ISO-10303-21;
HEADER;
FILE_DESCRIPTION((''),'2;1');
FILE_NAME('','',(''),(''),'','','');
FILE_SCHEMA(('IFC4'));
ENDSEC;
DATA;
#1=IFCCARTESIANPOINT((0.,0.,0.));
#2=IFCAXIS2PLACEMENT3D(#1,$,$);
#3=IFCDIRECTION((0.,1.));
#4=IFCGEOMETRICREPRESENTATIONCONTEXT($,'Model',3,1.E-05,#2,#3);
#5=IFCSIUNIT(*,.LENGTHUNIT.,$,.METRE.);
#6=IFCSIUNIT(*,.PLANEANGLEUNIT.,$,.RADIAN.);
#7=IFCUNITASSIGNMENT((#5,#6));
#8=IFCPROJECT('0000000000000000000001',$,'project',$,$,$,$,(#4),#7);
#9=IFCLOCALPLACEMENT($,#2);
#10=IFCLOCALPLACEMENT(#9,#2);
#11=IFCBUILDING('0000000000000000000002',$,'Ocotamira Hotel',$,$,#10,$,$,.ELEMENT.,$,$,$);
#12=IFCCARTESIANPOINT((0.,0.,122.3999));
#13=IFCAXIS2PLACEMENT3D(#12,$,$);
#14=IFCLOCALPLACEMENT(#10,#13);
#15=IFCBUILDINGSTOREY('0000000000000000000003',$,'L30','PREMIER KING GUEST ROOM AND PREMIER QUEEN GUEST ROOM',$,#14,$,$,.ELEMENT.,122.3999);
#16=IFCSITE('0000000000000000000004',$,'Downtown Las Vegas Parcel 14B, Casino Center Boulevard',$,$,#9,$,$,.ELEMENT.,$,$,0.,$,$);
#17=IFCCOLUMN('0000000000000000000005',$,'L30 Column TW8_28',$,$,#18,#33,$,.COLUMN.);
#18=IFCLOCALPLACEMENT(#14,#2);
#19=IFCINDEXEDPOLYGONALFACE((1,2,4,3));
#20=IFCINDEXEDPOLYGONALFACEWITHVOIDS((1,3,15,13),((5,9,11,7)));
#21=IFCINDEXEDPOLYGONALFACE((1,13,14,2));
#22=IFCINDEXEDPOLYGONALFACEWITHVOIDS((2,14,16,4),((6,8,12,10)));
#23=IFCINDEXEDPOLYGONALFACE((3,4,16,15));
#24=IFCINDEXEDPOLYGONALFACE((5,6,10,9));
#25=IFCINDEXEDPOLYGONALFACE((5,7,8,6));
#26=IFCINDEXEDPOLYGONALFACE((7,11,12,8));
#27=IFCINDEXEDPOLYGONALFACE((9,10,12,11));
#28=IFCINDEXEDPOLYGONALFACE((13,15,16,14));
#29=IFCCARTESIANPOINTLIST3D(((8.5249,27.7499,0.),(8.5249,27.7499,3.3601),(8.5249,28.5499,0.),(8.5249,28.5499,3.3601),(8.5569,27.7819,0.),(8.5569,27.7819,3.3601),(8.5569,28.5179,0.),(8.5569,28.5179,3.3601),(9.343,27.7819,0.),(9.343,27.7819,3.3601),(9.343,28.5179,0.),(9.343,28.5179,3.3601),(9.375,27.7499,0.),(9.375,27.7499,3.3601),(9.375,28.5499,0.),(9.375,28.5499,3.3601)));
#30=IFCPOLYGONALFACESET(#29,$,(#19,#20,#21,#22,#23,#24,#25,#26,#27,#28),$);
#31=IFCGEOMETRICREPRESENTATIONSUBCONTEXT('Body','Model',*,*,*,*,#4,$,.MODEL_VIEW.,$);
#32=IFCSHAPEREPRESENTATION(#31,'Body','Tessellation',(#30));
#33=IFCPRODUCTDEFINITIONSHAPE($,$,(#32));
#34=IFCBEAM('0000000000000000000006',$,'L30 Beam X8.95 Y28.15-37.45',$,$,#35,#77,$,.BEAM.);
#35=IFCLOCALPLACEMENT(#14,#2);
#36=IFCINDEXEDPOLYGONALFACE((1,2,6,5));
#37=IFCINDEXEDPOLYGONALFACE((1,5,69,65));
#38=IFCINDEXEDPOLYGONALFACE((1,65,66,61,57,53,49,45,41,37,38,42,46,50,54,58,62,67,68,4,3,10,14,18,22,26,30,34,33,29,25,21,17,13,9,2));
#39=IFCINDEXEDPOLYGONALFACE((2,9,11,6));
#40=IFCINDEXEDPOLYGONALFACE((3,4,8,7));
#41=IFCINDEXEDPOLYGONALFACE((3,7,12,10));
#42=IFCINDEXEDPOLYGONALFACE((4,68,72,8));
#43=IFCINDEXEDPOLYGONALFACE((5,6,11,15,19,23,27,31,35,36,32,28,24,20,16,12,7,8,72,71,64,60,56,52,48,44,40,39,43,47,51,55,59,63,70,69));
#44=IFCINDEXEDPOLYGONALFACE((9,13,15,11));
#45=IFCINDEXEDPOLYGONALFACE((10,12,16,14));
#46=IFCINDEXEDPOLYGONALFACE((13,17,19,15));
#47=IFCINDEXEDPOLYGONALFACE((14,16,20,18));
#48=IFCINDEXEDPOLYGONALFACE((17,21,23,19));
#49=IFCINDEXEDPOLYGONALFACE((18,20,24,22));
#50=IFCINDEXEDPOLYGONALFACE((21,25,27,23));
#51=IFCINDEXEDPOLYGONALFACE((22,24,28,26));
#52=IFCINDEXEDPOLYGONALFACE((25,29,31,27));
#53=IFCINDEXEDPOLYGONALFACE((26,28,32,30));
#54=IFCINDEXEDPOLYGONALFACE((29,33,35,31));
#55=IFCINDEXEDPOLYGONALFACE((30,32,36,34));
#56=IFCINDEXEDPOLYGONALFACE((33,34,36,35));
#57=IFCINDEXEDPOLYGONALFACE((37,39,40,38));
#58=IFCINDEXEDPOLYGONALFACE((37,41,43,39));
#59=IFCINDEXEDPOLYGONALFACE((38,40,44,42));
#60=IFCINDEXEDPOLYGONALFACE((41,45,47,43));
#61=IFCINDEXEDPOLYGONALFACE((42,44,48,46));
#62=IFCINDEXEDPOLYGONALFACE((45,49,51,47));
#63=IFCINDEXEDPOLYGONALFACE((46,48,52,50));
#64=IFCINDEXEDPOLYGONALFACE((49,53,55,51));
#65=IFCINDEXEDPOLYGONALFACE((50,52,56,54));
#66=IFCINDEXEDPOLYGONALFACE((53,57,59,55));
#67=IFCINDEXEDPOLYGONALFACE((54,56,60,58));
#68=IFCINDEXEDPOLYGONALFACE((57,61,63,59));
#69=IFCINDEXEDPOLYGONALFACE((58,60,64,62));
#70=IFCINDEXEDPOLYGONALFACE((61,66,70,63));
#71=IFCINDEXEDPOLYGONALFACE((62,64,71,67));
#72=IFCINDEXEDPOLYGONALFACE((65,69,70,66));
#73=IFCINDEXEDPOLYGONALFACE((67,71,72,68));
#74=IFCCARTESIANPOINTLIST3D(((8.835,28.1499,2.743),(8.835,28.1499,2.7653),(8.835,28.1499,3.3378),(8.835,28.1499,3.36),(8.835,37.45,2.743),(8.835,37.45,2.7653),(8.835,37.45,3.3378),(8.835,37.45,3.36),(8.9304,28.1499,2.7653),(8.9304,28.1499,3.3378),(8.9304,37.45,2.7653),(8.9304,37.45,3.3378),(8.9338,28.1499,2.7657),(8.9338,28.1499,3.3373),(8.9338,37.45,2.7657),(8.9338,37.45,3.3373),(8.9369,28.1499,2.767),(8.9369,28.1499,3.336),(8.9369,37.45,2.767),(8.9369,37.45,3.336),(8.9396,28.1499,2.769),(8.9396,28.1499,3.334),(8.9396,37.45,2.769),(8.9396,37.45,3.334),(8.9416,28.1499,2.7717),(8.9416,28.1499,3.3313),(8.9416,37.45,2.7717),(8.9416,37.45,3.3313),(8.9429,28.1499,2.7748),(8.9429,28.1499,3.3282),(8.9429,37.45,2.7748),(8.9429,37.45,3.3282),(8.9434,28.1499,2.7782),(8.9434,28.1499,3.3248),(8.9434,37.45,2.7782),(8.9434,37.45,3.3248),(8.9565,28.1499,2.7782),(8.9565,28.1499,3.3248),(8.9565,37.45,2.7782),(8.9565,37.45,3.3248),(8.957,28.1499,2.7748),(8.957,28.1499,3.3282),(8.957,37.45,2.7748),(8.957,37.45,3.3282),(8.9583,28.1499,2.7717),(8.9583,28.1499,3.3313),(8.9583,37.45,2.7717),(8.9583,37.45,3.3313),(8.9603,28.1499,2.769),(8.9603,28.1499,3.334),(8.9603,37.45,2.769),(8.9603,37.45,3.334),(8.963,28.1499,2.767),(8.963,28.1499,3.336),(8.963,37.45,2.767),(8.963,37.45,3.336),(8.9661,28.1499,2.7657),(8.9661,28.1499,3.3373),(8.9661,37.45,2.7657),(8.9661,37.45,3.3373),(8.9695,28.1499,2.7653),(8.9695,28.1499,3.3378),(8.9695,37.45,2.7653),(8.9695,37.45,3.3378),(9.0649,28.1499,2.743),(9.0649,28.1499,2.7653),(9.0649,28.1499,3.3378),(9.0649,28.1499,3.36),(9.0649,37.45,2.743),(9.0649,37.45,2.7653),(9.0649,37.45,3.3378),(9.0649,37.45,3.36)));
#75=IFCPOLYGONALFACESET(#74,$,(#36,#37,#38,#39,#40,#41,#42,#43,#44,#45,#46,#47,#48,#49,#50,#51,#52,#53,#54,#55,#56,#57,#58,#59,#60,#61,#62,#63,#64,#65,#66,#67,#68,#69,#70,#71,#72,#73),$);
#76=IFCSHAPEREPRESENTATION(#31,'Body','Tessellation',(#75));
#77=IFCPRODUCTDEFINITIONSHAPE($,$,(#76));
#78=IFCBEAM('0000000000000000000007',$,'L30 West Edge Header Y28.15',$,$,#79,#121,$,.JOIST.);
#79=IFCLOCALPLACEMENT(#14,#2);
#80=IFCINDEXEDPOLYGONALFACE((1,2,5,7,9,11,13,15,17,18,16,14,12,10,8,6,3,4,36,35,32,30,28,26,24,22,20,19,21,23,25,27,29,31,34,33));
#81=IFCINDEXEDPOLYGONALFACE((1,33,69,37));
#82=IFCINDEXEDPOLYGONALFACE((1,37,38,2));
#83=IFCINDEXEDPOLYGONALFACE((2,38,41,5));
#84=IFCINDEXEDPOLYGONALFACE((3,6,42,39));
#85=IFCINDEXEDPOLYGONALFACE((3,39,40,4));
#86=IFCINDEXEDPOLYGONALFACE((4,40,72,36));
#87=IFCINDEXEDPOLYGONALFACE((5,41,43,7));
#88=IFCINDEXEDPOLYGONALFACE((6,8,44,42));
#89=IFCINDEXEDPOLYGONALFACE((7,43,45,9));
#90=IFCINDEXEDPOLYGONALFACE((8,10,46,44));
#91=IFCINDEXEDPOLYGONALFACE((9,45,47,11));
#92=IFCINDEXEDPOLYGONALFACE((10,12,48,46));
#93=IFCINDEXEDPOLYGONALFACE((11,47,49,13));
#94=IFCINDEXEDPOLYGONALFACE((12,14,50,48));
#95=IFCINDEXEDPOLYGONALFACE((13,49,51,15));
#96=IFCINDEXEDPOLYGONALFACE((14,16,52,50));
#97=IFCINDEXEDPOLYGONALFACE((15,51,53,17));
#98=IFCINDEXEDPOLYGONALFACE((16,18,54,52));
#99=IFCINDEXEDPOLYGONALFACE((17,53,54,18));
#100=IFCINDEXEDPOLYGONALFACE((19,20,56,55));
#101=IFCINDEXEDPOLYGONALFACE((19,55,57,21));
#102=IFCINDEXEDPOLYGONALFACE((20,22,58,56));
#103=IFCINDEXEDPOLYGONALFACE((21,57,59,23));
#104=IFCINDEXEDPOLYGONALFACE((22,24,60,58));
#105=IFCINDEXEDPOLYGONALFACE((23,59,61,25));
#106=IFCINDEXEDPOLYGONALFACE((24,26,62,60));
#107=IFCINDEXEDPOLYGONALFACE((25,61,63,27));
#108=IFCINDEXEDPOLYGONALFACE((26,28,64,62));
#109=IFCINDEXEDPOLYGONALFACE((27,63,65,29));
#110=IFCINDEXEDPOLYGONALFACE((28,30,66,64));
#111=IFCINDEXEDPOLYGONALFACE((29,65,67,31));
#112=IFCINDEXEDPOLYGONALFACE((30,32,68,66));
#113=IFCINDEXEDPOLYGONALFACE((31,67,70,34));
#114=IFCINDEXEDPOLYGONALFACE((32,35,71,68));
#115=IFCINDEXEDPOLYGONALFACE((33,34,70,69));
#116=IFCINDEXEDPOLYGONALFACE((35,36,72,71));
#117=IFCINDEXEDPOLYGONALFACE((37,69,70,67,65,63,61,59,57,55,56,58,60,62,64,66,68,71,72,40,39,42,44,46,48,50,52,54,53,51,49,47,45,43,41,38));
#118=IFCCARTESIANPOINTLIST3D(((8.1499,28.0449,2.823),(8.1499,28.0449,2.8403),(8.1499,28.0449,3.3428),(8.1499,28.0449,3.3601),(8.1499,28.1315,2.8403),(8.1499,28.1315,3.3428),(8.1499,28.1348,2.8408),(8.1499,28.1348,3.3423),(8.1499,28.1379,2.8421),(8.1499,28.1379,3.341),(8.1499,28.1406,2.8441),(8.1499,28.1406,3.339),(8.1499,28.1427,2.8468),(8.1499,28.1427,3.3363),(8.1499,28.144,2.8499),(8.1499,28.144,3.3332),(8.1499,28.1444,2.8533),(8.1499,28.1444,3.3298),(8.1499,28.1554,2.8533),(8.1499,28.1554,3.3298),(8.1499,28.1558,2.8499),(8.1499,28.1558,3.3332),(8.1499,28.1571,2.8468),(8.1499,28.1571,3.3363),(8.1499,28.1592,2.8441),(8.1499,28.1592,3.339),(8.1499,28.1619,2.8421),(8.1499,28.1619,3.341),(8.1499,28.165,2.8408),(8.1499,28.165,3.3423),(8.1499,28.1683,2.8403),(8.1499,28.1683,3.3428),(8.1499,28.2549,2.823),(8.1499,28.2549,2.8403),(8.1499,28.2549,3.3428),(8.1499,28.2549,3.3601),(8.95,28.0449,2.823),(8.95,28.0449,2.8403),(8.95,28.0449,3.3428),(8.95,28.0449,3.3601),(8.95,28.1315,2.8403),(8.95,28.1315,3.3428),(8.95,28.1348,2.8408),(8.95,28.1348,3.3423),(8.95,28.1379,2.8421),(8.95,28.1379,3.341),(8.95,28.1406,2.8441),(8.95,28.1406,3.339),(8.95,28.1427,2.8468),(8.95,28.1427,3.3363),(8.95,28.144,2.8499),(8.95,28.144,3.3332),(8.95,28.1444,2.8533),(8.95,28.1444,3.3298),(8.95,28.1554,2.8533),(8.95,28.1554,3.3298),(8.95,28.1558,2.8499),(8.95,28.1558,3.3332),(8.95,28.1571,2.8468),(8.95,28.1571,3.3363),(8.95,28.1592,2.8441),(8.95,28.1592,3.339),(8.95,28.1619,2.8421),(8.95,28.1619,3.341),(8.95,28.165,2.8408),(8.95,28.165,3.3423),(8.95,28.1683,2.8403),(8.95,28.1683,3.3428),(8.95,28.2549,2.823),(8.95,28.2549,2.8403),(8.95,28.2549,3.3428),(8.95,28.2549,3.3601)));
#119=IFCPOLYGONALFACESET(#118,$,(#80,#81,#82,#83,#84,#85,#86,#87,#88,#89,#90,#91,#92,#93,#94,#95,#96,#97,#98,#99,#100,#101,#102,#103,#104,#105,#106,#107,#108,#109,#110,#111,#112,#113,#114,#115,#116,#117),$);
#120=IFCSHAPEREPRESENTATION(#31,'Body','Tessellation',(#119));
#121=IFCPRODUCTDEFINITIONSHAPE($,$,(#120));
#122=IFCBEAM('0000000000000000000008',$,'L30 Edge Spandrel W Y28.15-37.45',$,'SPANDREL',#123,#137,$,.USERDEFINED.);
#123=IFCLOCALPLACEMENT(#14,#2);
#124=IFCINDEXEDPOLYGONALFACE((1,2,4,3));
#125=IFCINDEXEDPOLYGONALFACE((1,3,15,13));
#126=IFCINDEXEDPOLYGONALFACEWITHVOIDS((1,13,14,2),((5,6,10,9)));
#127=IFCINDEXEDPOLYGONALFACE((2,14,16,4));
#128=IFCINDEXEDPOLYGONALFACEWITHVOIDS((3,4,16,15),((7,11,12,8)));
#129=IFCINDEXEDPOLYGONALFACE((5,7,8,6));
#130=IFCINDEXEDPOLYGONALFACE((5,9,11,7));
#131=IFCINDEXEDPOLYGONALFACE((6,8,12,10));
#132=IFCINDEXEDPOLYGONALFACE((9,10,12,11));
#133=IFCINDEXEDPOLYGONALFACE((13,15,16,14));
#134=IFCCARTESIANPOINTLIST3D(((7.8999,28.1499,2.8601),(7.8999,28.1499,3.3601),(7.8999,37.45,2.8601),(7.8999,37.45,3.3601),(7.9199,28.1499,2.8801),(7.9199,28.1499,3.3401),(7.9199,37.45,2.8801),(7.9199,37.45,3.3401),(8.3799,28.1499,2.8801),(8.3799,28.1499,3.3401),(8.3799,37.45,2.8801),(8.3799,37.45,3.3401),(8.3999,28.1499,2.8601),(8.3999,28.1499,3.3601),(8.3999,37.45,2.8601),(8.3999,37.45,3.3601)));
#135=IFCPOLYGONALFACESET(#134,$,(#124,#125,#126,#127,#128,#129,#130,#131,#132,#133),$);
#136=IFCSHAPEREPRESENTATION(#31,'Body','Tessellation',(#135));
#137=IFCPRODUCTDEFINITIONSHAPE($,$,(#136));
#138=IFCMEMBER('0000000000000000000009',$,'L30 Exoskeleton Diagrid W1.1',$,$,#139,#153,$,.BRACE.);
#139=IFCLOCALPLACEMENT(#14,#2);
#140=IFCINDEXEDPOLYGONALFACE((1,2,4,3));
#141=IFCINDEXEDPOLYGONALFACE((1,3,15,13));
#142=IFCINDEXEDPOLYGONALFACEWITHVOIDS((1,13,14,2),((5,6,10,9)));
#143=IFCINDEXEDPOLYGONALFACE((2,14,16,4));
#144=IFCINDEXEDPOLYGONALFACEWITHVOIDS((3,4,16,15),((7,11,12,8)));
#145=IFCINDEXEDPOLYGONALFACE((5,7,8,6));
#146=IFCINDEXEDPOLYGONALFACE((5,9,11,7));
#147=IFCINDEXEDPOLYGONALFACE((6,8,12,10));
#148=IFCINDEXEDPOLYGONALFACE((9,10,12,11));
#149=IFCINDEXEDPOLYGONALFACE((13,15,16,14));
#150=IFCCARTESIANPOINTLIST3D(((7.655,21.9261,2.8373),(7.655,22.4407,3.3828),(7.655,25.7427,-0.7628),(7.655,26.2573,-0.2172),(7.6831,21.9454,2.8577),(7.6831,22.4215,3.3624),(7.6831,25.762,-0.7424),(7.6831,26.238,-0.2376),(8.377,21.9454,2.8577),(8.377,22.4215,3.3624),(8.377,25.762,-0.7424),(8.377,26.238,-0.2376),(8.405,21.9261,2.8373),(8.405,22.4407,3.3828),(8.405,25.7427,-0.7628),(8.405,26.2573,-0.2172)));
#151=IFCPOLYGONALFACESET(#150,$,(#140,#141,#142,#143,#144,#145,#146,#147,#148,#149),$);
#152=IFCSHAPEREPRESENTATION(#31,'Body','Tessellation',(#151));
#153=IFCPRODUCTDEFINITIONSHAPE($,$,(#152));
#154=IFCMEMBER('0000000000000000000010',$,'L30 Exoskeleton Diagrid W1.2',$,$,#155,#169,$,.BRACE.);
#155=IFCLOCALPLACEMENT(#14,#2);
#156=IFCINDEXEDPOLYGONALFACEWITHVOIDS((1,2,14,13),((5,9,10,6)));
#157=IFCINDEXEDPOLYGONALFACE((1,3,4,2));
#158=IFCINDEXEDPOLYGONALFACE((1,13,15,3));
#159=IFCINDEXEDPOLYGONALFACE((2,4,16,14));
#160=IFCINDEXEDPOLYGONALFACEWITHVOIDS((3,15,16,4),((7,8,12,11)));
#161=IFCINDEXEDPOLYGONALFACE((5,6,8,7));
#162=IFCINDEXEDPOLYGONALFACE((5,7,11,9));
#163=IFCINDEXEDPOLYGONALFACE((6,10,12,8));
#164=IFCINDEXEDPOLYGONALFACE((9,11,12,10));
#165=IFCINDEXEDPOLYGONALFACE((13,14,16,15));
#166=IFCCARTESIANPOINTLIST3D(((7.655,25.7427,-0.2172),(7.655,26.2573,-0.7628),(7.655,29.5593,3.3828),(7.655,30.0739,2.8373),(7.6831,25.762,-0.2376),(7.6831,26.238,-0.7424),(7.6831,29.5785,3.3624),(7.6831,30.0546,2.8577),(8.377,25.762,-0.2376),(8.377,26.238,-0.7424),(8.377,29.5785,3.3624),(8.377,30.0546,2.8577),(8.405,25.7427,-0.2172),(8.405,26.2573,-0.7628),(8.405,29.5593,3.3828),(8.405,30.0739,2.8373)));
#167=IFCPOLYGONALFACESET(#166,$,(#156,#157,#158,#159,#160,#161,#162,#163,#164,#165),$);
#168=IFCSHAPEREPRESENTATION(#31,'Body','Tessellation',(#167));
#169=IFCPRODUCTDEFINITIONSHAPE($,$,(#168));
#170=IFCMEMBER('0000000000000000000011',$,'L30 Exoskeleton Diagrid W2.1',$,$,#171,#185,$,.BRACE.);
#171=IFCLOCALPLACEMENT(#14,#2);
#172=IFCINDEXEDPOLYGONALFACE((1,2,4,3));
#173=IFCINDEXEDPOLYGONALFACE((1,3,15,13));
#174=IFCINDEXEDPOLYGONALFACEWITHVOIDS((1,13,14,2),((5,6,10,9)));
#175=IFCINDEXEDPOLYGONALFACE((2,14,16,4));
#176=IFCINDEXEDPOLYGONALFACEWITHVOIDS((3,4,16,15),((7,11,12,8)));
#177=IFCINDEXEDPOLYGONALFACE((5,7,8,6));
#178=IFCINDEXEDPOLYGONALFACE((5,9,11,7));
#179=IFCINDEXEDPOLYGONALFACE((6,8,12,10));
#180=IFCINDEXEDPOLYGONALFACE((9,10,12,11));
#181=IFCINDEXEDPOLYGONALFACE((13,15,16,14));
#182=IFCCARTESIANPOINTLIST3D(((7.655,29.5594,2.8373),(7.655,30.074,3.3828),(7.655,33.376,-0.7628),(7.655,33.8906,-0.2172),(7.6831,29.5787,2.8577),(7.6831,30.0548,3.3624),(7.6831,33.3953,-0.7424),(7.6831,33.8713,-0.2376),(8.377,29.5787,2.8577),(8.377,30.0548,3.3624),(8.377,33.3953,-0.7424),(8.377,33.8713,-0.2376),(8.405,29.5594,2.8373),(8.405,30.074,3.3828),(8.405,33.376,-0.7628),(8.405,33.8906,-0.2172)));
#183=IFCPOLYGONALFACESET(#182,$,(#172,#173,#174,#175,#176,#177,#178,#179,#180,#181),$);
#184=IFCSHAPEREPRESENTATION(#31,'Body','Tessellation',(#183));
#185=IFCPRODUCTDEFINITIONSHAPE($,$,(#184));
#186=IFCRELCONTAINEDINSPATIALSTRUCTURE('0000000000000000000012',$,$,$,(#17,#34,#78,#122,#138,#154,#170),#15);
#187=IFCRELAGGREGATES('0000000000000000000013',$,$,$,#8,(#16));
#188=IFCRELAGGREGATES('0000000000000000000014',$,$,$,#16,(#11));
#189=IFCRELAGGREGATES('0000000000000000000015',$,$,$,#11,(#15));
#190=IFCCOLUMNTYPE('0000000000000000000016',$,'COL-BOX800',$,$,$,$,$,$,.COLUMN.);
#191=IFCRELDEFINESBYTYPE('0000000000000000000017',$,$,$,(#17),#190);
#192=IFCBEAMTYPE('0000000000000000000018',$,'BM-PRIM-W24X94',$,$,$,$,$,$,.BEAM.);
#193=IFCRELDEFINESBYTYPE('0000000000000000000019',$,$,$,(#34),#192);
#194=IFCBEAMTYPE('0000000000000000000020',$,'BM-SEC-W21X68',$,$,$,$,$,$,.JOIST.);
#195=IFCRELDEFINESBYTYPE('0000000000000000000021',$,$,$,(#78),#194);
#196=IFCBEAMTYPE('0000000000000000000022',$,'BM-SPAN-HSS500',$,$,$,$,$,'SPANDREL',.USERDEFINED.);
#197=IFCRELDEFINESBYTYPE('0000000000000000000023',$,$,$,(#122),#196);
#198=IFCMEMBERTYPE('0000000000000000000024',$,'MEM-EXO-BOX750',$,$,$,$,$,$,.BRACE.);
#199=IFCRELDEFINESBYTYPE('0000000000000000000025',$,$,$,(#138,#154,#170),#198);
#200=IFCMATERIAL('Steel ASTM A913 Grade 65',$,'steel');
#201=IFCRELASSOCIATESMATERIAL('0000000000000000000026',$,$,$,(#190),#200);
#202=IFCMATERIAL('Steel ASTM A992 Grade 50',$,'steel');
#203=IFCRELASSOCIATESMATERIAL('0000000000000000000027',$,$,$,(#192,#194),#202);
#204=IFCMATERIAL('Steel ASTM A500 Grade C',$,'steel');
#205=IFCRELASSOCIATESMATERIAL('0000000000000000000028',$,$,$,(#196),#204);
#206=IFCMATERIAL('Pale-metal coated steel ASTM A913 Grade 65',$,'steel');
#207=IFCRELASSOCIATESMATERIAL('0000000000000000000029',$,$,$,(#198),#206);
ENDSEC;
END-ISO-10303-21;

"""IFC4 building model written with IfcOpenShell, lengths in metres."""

from ifc_helpers import new_model, si_unit, direction, frame, origin, origin_2d, place, context, subcontext, project, spatial, hollow_rectangle, i_section, extrude, source, transform, mapped, material, material_profile, profile_set, type_object, element, save


model = new_model("IFC4")

# Units and contexts
model_context = context("Model", 3, precision=1e-05, world=origin(), true_north=direction((0.0, 1.0)))
body_context = subcontext(model_context, "Body", "Model", "MODEL_VIEW")
ifc_project = project(units=[si_unit("LENGTHUNIT", "METRE"), si_unit("PLANEANGLEUNIT", "RADIAN")], contexts=[model_context])

# Site, building, storey
site_placement = place(None, origin())
site = spatial("IfcSite", under=ifc_project, at=site_placement, Name="Downtown Las Vegas Parcel 14B, Casino Center Boulevard", CompositionType="ELEMENT", RefElevation=0.0)
building_placement = place(site_placement, origin())
building = spatial("IfcBuilding", under=site, at=building_placement, Name="Ocotamira Hotel", CompositionType="ELEMENT")
storey_placement = place(building_placement, frame((0.0, 0.0, 122.3999)))
storey = spatial("IfcBuildingStorey", under=building, at=storey_placement, Name="L30", Description="PREMIER KING GUEST ROOM AND PREMIER QUEEN GUEST ROOM", CompositionType="ELEMENT", Elevation=122.3999)

# Column
ifc_material_1 = material(Name="Steel ASTM A913 Grade 65", Category="steel")
ifc_material_profile_1 = material_profile(ifc_material_1, hollow_rectangle(XDim=0.8501, YDim=0.8, WallThickness=0.032, at=origin_2d()), Name="BOX800X850X32")
ifc_profile_set_1 = profile_set([ifc_material_profile_1], Name="Steel ASTM A913 Grade 65")
column_type = type_object("IfcColumnType", Name="COL-BOX800", PredefinedType="COLUMN", material=ifc_profile_set_1)
shared_shape_1 = source(origin(), body_context, "Body", "SweptSolid", [
    extrude(hollow_rectangle(XDim=0.8501, YDim=0.8, WallThickness=0.032, at=origin_2d()), origin(), (0.0, 0.0, 1.0), 3.3601),
])
column_placement = place(storey_placement, frame((8.95, 28.1499, 0.0), z_axis=(0.0, 0.0, 1.0), x_axis=(1.0, 0.0, 0.0)))
element("IfcColumn", 1, at=column_placement, inside=storey, type_object=column_type, Name="L30 Column TW8_28", PredefinedType="COLUMN", context=body_context, shape_type="MappedRepresentation", body=[
    mapped(shared_shape_1, transform((0.0, 0.0, 0.0), scale=1.0)),
])

# Beams
ifc_material_2 = material(Name="Steel ASTM A992 Grade 50", Category="steel")
ifc_material_profile_2 = material_profile(ifc_material_2, i_section(OverallWidth=0.23, OverallDepth=0.6169, WebThickness=0.0132, FlangeThickness=0.0222, FilletRadius=0.0129, at=origin_2d()), Name="W24X94")
ifc_profile_set_2 = profile_set([ifc_material_profile_2], Name="Steel ASTM A992 Grade 50")
beam_type_1 = type_object("IfcBeamType", Name="BM-PRIM-W24X94", PredefinedType="BEAM", material=ifc_profile_set_2)
shared_shape_2 = source(origin(), body_context, "Body", "SweptSolid", [
    extrude(i_section(OverallWidth=0.23, OverallDepth=0.6169, WebThickness=0.0132, FlangeThickness=0.0222, FilletRadius=0.0129, at=origin_2d()), origin(), (0.0, 0.0, 1.0), 9.3),
])
beam_1_placement = place(storey_placement, frame((8.95, 28.1499, 3.0515), z_axis=(0.0, 1.0, 0.0), x_axis=(-1.0, 0.0, 0.0)))
element("IfcBeam", 2, at=beam_1_placement, inside=storey, type_object=beam_type_1, Name="L30 Beam X8.95 Y28.15-37.45", PredefinedType="BEAM", context=body_context, shape_type="MappedRepresentation", body=[
    mapped(shared_shape_2, transform((0.0, 0.0, 0.0), scale=1.0)),
])
ifc_material_profile_3 = material_profile(ifc_material_2, i_section(OverallWidth=0.21, OverallDepth=0.5371, WebThickness=0.011, FlangeThickness=0.0173, FilletRadius=0.0129, at=origin_2d()), Name="W21X68")
ifc_profile_set_3 = profile_set([ifc_material_profile_3], Name="Steel ASTM A992 Grade 50")
beam_type_2 = type_object("IfcBeamType", Name="BM-SEC-W21X68", PredefinedType="JOIST", material=ifc_profile_set_3)
shared_shape_3 = source(origin(), body_context, "Body", "SweptSolid", [
    extrude(i_section(OverallWidth=0.21, OverallDepth=0.5371, WebThickness=0.011, FlangeThickness=0.0173, FilletRadius=0.0129, at=origin_2d()), origin(), (0.0, 0.0, 1.0), 0.8),
])
beam_2_placement = place(storey_placement, frame((8.95, 28.1499, 3.0916), z_axis=(-1.0, 0.0, 0.0), x_axis=(0.0, -1.0, 0.0)))
element("IfcBeam", 3, at=beam_2_placement, inside=storey, type_object=beam_type_2, Name="L30 West Edge Header Y28.15", PredefinedType="JOIST", context=body_context, shape_type="MappedRepresentation", body=[
    mapped(shared_shape_3, transform((0.0, 0.0, 0.0), scale=1.0)),
])
ifc_material_3 = material(Name="Steel ASTM A500 Grade C", Category="steel")
ifc_material_profile_4 = material_profile(ifc_material_3, hollow_rectangle(XDim=0.5, YDim=0.5, WallThickness=0.02, at=origin_2d()), Name="HSS500X500X20")
ifc_profile_set_4 = profile_set([ifc_material_profile_4], Name="Steel ASTM A500 Grade C")
beam_type_3 = type_object("IfcBeamType", Name="BM-SPAN-HSS500", ElementType="SPANDREL", PredefinedType="USERDEFINED", material=ifc_profile_set_4)
shared_shape_4 = source(origin(), body_context, "Body", "SweptSolid", [
    extrude(hollow_rectangle(XDim=0.5, YDim=0.5, WallThickness=0.02, at=origin_2d()), origin(), (0.0, 0.0, 1.0), 9.3),
])
beam_3_placement = place(storey_placement, frame((8.1499, 28.1499, 3.1101), z_axis=(0.0, 1.0, 0.0), x_axis=(-1.0, 0.0, 0.0)))
element("IfcBeam", 4, at=beam_3_placement, inside=storey, type_object=beam_type_3, Name="L30 Edge Spandrel W Y28.15-37.45", ObjectType="SPANDREL", PredefinedType="USERDEFINED", context=body_context, shape_type="MappedRepresentation", body=[
    mapped(shared_shape_4, transform((0.0, 0.0, 0.0), scale=1.0)),
])

# Members
ifc_material_4 = material(Name="Pale-metal coated steel ASTM A913 Grade 65", Category="steel")
ifc_material_profile_5 = material_profile(ifc_material_4, hollow_rectangle(XDim=0.75, YDim=0.75, WallThickness=0.0281, at=origin_2d()), Name="BOX750X750X28")
ifc_profile_set_5 = profile_set([ifc_material_profile_5], Name="Pale-metal coated steel ASTM A913 Grade 65")
member_type_1 = type_object("IfcMemberType", Name="MEM-EXO-BOX750", PredefinedType="BRACE", material=ifc_profile_set_5)
shared_shape_5 = source(origin(), body_context, "Body", "SweptSolid", [
    extrude(hollow_rectangle(XDim=0.75, YDim=0.75, WallThickness=0.0281, at=origin_2d()), origin(), (0.0, 0.0, 1.0), 5.2466),
])
for number, where, z_axis, x_axis, name in (
    (5, (8.03, 26.0, -0.49), (0.0, -0.727443, 0.686168), (1.0, 0.0, 0.0), "L30 Exoskeleton Diagrid W1.1"),
    (6, (8.03, 26.0, -0.49), (0.0, 0.727443, 0.686168), (-1.0, 0.0, 0.0), "L30 Exoskeleton Diagrid W1.2"),
    (7, (8.03, 33.6333, -0.49), (0.0, -0.727443, 0.686168), (1.0, 0.0, 0.0), "L30 Exoskeleton Diagrid W2.1"),
):
    element("IfcMember", number, at=place(storey_placement, frame(where, z_axis=z_axis, x_axis=x_axis)), inside=storey, type_object=member_type_1, Name=name, PredefinedType="BRACE", context=body_context, shape_type="MappedRepresentation", body=[
        mapped(shared_shape_5, transform((0.0, 0.0, 0.0), scale=1.0)),
    ])

save(model, "model.ifc")
